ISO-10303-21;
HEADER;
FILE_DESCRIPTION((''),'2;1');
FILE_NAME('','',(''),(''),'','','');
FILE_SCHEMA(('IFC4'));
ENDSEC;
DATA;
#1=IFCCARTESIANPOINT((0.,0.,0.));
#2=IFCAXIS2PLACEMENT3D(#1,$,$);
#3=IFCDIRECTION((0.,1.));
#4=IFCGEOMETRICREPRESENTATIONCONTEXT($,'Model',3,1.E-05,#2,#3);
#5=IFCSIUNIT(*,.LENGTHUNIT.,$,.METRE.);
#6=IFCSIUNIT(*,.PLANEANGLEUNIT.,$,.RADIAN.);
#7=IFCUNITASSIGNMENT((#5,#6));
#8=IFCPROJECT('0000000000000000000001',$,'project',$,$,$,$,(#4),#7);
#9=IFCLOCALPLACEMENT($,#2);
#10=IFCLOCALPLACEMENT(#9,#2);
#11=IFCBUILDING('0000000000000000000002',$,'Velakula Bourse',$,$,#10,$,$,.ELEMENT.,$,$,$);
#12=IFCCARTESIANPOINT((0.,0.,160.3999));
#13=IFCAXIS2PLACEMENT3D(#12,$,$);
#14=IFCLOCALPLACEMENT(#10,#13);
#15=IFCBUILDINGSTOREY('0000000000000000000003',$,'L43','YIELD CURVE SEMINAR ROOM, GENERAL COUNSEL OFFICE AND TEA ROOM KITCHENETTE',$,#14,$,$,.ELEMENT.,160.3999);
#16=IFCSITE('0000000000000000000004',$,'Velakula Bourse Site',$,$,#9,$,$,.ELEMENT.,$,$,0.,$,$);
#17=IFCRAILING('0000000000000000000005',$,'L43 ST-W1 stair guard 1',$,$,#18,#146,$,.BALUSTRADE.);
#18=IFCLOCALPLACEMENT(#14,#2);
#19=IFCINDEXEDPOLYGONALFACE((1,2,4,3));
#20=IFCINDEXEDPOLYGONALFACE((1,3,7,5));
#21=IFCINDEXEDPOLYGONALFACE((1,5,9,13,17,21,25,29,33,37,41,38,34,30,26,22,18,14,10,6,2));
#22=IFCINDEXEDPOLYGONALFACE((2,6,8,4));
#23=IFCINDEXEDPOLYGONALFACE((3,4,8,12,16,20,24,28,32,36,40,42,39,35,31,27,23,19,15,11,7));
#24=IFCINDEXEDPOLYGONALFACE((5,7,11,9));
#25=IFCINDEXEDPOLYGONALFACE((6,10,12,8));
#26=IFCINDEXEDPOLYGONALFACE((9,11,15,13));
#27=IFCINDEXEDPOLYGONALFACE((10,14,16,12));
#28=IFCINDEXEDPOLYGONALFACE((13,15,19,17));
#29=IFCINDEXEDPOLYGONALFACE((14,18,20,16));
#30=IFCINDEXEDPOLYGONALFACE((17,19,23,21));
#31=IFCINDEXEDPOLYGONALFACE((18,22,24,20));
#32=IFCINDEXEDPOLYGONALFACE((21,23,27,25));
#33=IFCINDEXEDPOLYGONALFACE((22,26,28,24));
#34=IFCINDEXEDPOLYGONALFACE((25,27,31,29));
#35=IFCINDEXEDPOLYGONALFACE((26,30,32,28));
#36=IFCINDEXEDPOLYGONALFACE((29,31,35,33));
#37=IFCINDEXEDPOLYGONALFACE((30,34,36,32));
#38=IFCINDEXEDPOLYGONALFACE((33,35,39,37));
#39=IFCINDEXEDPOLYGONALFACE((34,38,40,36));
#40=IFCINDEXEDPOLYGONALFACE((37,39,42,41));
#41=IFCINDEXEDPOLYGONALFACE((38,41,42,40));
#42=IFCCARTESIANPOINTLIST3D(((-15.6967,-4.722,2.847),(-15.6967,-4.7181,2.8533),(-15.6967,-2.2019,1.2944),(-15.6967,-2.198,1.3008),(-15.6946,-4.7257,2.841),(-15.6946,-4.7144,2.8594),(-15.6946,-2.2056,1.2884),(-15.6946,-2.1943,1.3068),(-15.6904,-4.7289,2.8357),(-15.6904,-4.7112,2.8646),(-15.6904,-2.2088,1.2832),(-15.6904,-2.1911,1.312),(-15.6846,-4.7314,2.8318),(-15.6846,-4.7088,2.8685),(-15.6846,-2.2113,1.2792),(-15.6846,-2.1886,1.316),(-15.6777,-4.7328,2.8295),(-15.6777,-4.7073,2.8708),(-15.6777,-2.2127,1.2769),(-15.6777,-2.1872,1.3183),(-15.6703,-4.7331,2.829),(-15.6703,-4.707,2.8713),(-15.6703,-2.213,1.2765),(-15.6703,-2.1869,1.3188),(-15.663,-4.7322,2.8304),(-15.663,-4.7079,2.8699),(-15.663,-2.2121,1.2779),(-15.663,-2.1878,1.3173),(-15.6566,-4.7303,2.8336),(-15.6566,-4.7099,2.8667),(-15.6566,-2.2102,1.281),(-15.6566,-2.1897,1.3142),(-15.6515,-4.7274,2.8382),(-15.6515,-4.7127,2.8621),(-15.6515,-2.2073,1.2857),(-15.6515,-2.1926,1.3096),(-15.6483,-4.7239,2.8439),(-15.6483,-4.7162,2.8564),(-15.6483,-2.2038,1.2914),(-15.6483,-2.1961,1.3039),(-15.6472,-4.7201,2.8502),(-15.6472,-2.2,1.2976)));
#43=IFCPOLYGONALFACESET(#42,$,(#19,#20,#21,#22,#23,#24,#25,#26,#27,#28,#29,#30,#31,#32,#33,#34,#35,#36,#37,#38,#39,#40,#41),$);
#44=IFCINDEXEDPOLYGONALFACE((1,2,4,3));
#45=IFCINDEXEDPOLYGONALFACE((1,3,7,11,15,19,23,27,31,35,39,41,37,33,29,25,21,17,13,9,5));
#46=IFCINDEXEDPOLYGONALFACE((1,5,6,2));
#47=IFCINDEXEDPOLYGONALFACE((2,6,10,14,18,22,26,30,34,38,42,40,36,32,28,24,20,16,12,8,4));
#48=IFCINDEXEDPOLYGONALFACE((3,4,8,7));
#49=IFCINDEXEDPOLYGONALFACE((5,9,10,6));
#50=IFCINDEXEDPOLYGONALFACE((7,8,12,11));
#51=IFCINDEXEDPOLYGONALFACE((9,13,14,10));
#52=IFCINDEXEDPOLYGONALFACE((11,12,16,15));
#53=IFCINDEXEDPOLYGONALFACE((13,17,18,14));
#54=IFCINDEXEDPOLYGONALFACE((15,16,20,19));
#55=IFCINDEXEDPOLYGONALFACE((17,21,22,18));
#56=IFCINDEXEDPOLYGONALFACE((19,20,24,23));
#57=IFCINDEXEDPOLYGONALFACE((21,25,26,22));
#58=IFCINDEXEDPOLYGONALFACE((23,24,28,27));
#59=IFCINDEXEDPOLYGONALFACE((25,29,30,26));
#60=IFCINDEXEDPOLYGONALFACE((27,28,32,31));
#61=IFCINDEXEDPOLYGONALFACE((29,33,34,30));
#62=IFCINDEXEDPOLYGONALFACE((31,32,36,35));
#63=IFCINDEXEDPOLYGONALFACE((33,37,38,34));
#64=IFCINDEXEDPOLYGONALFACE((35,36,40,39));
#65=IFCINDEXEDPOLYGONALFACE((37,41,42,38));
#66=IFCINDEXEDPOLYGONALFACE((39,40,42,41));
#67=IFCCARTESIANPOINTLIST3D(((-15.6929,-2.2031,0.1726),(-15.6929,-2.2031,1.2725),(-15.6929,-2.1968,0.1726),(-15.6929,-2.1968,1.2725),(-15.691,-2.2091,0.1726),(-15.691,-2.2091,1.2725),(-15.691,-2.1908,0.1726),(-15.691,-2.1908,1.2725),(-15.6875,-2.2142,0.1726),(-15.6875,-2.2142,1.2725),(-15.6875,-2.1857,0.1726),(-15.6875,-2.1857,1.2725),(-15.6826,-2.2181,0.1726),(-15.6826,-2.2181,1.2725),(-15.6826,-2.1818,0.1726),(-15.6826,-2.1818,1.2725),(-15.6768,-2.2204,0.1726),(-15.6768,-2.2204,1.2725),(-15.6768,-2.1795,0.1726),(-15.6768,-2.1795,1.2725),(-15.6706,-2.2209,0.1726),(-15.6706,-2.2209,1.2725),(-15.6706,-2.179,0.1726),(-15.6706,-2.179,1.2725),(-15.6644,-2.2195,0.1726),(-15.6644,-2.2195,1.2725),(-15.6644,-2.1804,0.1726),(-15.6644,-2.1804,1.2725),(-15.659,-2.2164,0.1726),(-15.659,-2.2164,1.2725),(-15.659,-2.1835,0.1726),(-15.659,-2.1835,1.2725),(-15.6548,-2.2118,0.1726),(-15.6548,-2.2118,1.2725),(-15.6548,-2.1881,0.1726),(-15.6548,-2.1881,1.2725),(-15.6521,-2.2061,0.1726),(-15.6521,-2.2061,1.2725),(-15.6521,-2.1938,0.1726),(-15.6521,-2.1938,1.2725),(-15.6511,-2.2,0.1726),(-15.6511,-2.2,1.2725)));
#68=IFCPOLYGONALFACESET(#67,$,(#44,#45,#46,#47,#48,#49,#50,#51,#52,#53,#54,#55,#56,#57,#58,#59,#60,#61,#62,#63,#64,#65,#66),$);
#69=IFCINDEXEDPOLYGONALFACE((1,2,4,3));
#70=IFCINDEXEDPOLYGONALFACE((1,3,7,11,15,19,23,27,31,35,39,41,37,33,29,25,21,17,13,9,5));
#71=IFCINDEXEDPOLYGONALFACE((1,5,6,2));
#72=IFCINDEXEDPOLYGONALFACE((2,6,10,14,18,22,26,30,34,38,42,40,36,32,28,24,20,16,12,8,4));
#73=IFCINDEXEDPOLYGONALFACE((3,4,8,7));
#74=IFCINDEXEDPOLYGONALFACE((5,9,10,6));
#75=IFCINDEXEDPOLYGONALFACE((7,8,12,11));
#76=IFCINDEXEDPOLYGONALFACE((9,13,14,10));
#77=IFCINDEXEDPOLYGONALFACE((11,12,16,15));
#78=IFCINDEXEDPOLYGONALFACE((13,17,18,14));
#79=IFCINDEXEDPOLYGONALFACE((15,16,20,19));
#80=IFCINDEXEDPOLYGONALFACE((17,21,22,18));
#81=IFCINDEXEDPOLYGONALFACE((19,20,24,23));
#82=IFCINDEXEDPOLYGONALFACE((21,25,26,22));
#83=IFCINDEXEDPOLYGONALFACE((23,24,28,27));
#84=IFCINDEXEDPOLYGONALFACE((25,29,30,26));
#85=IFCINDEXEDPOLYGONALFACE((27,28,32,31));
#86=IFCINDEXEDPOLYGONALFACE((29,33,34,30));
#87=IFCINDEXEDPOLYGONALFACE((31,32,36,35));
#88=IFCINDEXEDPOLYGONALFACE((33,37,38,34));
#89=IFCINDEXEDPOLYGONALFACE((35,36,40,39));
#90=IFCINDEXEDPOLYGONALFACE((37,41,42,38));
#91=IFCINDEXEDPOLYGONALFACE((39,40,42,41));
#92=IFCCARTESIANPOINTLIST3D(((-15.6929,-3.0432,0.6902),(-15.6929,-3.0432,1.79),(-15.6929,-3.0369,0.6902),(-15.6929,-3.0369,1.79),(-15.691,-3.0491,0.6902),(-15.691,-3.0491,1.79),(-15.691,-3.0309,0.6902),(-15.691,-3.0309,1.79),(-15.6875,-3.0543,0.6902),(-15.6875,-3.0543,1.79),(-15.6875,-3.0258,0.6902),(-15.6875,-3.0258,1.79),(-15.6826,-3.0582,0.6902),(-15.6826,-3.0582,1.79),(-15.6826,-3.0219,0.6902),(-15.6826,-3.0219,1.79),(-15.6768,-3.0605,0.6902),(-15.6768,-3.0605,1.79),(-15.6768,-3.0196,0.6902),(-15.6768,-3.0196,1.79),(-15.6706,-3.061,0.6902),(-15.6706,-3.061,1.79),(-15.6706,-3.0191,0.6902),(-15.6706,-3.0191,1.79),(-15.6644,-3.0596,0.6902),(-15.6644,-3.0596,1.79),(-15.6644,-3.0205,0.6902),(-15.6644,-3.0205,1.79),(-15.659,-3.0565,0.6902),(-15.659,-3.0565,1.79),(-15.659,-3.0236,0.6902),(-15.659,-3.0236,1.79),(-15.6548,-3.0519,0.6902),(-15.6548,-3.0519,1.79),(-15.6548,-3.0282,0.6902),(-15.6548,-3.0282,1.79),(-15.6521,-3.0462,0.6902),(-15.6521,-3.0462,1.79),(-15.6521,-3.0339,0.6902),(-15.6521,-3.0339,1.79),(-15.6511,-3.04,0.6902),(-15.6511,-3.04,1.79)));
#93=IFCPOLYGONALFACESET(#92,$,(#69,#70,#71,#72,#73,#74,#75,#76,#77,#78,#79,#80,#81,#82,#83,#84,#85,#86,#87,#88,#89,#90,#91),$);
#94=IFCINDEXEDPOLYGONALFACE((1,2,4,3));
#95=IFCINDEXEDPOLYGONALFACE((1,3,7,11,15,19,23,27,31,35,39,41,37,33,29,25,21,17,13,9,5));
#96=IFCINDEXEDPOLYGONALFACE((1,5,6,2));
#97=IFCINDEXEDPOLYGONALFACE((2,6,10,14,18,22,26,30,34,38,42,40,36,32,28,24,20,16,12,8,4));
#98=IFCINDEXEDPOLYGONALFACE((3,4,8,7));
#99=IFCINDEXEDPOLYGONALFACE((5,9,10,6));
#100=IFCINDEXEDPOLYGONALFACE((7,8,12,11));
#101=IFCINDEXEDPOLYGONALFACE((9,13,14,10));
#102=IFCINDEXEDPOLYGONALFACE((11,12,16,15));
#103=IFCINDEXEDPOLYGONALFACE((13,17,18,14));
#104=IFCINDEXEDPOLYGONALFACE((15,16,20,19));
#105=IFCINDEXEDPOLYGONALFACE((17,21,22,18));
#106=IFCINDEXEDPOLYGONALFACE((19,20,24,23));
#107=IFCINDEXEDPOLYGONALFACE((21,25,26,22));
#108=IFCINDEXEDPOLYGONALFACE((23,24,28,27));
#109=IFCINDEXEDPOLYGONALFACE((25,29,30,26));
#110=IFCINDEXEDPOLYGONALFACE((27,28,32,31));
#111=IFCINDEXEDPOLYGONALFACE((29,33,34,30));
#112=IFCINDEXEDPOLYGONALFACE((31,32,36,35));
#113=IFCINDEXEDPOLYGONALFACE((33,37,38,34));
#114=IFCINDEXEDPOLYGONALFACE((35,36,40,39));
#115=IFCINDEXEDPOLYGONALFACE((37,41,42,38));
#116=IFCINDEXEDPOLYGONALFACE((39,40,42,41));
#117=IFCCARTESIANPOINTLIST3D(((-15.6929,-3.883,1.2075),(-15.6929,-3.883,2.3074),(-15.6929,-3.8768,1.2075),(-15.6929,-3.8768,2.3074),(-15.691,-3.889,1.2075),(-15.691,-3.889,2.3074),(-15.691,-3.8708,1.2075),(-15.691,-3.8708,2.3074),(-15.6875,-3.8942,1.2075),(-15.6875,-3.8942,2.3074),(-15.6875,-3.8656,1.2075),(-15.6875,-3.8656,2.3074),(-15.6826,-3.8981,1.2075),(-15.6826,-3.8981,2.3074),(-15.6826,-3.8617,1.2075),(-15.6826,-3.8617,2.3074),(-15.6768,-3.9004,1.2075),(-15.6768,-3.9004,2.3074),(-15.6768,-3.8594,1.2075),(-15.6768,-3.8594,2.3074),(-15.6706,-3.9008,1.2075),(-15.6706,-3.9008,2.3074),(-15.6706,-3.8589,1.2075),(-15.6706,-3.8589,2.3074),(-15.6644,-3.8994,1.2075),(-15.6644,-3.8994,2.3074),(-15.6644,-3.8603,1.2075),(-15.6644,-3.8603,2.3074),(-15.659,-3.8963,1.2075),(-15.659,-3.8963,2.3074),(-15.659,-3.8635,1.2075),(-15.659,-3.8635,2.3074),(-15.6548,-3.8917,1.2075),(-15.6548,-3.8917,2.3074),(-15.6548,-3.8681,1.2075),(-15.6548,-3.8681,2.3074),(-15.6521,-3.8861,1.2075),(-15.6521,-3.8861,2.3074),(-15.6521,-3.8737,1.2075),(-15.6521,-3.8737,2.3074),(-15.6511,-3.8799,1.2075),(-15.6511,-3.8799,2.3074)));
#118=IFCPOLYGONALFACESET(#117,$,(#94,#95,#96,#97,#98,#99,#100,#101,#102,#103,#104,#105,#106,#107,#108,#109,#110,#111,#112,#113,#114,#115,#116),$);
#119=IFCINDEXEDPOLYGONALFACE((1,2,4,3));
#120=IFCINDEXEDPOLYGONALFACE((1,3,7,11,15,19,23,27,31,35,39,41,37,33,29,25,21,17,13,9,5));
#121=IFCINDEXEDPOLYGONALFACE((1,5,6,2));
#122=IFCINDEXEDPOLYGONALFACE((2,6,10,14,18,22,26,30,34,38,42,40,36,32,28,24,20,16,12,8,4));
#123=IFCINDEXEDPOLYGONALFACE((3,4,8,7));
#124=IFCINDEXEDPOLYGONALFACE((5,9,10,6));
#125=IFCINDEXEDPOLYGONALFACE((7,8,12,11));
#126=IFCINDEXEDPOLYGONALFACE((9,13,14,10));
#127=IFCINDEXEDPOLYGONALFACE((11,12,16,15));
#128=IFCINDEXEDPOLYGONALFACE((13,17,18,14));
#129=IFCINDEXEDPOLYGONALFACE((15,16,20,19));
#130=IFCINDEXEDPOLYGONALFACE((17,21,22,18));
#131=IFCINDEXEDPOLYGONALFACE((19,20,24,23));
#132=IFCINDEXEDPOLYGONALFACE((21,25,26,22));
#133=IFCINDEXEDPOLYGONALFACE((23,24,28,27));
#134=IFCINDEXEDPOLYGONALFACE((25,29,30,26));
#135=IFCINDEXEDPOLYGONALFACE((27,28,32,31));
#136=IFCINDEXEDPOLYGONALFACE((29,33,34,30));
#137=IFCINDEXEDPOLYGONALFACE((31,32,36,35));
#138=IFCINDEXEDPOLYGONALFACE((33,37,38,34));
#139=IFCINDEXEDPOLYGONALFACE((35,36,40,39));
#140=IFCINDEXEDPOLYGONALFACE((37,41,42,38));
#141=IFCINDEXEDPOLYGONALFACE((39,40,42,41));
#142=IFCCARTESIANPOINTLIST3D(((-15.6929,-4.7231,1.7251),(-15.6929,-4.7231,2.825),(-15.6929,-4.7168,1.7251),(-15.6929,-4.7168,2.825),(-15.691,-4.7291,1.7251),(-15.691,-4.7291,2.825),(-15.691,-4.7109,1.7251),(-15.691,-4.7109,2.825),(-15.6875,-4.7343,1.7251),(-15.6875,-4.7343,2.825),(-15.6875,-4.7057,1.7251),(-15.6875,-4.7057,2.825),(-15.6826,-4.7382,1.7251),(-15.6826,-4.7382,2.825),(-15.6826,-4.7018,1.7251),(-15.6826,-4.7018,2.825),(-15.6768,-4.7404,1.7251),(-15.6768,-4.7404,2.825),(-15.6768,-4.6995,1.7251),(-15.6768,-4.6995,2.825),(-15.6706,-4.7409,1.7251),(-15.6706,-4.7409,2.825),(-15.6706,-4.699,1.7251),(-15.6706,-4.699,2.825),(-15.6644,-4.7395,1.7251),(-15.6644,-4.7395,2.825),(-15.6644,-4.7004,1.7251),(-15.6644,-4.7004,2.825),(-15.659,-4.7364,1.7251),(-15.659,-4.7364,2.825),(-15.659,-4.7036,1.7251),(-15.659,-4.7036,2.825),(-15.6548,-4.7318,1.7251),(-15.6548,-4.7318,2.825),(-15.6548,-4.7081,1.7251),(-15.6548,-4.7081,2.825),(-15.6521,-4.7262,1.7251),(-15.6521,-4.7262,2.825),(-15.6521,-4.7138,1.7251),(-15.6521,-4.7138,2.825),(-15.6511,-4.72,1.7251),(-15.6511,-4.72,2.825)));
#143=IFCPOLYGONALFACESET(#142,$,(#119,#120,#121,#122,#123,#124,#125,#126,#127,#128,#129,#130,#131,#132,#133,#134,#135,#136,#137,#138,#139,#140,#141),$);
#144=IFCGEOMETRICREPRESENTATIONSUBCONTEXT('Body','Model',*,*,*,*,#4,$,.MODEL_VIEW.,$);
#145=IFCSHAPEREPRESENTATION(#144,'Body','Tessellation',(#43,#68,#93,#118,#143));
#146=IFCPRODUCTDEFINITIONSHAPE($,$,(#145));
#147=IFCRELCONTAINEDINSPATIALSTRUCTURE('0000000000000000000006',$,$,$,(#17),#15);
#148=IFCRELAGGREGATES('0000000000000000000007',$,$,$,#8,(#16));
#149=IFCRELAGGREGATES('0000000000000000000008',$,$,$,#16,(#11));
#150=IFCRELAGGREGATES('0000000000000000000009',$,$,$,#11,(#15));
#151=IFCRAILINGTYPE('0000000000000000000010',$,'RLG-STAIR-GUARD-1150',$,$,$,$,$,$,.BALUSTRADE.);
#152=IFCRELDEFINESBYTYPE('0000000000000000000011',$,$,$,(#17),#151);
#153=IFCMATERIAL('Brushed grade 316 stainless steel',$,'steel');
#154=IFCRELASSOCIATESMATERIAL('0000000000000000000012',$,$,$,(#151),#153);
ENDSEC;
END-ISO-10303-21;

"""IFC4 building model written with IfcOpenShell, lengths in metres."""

from ifc_helpers import new_model, si_unit, direction, frame, origin, origin_2d, place, context, subcontext, project, spatial, circle, extrude, material, type_object, element, save


model = new_model("IFC4")

# Units and contexts
model_context = context("Model", 3, precision=1e-05, world=origin(), true_north=direction((0.0, 1.0)))
body_context = subcontext(model_context, "Body", "Model", "MODEL_VIEW")
ifc_project = project(units=[si_unit("LENGTHUNIT", "METRE"), si_unit("PLANEANGLEUNIT", "RADIAN")], contexts=[model_context])

# Site, building, storey
site_placement = place(None, origin())
site = spatial("IfcSite", under=ifc_project, at=site_placement, Name="Velakula Bourse Site", CompositionType="ELEMENT", RefElevation=0.0)
building_placement = place(site_placement, origin())
building = spatial("IfcBuilding", under=site, at=building_placement, Name="Velakula Bourse", CompositionType="ELEMENT")
storey_placement = place(building_placement, frame((0.0, 0.0, 160.3999)))
storey = spatial("IfcBuildingStorey", under=building, at=storey_placement, Name="L43", Description="YIELD CURVE SEMINAR ROOM, GENERAL COUNSEL OFFICE AND TEA ROOM KITCHENETTE", CompositionType="ELEMENT", Elevation=160.3999)

# Shared definitions
ifc_material_1 = material(Name="Brushed grade 316 stainless steel", Category="steel")

# Railing
railing_type_1 = type_object("IfcRailingType", Name="RLG-STAIR-GUARD-1150", PredefinedType="BALUSTRADE", material=ifc_material_1)
railing_1_placement = place(storey_placement, frame((-15.6721, -2.2, 0.1726)))
element("IfcRailing", 1, at=railing_1_placement, inside=storey, type_object=railing_type_1, Name="L43 ST-W1 stair guard 1", PredefinedType="BALUSTRADE", context=body_context, shape_type="SweptSolid", body=[
    extrude(circle(Radius=0.0249, at=origin_2d()), frame((0.0, 0.0, 1.125), z_axis=(0.0, -0.8514, 0.524516), x_axis=(1.0, 0.0, 0.0)), (0.0, 0.0, 1.0), 2.96),
    extrude(circle(Radius=0.021, at=origin_2d()), origin(), (0.0, 0.0, 1.0), 1.0999),
    extrude(circle(Radius=0.021, at=origin_2d()), frame((0.0, -0.8401, 0.5176)), (0.0, 0.0, 1.0), 1.0999),
    extrude(circle(Radius=0.021, at=origin_2d()), frame((0.0, -1.6799, 1.0349)), (0.0, 0.0, 1.0), 1.0999),
    extrude(circle(Radius=0.021, at=origin_2d()), frame((0.0, -2.52, 1.5525)), (0.0, 0.0, 1.0), 1.0999),
])

save(model, "model.ifc")
